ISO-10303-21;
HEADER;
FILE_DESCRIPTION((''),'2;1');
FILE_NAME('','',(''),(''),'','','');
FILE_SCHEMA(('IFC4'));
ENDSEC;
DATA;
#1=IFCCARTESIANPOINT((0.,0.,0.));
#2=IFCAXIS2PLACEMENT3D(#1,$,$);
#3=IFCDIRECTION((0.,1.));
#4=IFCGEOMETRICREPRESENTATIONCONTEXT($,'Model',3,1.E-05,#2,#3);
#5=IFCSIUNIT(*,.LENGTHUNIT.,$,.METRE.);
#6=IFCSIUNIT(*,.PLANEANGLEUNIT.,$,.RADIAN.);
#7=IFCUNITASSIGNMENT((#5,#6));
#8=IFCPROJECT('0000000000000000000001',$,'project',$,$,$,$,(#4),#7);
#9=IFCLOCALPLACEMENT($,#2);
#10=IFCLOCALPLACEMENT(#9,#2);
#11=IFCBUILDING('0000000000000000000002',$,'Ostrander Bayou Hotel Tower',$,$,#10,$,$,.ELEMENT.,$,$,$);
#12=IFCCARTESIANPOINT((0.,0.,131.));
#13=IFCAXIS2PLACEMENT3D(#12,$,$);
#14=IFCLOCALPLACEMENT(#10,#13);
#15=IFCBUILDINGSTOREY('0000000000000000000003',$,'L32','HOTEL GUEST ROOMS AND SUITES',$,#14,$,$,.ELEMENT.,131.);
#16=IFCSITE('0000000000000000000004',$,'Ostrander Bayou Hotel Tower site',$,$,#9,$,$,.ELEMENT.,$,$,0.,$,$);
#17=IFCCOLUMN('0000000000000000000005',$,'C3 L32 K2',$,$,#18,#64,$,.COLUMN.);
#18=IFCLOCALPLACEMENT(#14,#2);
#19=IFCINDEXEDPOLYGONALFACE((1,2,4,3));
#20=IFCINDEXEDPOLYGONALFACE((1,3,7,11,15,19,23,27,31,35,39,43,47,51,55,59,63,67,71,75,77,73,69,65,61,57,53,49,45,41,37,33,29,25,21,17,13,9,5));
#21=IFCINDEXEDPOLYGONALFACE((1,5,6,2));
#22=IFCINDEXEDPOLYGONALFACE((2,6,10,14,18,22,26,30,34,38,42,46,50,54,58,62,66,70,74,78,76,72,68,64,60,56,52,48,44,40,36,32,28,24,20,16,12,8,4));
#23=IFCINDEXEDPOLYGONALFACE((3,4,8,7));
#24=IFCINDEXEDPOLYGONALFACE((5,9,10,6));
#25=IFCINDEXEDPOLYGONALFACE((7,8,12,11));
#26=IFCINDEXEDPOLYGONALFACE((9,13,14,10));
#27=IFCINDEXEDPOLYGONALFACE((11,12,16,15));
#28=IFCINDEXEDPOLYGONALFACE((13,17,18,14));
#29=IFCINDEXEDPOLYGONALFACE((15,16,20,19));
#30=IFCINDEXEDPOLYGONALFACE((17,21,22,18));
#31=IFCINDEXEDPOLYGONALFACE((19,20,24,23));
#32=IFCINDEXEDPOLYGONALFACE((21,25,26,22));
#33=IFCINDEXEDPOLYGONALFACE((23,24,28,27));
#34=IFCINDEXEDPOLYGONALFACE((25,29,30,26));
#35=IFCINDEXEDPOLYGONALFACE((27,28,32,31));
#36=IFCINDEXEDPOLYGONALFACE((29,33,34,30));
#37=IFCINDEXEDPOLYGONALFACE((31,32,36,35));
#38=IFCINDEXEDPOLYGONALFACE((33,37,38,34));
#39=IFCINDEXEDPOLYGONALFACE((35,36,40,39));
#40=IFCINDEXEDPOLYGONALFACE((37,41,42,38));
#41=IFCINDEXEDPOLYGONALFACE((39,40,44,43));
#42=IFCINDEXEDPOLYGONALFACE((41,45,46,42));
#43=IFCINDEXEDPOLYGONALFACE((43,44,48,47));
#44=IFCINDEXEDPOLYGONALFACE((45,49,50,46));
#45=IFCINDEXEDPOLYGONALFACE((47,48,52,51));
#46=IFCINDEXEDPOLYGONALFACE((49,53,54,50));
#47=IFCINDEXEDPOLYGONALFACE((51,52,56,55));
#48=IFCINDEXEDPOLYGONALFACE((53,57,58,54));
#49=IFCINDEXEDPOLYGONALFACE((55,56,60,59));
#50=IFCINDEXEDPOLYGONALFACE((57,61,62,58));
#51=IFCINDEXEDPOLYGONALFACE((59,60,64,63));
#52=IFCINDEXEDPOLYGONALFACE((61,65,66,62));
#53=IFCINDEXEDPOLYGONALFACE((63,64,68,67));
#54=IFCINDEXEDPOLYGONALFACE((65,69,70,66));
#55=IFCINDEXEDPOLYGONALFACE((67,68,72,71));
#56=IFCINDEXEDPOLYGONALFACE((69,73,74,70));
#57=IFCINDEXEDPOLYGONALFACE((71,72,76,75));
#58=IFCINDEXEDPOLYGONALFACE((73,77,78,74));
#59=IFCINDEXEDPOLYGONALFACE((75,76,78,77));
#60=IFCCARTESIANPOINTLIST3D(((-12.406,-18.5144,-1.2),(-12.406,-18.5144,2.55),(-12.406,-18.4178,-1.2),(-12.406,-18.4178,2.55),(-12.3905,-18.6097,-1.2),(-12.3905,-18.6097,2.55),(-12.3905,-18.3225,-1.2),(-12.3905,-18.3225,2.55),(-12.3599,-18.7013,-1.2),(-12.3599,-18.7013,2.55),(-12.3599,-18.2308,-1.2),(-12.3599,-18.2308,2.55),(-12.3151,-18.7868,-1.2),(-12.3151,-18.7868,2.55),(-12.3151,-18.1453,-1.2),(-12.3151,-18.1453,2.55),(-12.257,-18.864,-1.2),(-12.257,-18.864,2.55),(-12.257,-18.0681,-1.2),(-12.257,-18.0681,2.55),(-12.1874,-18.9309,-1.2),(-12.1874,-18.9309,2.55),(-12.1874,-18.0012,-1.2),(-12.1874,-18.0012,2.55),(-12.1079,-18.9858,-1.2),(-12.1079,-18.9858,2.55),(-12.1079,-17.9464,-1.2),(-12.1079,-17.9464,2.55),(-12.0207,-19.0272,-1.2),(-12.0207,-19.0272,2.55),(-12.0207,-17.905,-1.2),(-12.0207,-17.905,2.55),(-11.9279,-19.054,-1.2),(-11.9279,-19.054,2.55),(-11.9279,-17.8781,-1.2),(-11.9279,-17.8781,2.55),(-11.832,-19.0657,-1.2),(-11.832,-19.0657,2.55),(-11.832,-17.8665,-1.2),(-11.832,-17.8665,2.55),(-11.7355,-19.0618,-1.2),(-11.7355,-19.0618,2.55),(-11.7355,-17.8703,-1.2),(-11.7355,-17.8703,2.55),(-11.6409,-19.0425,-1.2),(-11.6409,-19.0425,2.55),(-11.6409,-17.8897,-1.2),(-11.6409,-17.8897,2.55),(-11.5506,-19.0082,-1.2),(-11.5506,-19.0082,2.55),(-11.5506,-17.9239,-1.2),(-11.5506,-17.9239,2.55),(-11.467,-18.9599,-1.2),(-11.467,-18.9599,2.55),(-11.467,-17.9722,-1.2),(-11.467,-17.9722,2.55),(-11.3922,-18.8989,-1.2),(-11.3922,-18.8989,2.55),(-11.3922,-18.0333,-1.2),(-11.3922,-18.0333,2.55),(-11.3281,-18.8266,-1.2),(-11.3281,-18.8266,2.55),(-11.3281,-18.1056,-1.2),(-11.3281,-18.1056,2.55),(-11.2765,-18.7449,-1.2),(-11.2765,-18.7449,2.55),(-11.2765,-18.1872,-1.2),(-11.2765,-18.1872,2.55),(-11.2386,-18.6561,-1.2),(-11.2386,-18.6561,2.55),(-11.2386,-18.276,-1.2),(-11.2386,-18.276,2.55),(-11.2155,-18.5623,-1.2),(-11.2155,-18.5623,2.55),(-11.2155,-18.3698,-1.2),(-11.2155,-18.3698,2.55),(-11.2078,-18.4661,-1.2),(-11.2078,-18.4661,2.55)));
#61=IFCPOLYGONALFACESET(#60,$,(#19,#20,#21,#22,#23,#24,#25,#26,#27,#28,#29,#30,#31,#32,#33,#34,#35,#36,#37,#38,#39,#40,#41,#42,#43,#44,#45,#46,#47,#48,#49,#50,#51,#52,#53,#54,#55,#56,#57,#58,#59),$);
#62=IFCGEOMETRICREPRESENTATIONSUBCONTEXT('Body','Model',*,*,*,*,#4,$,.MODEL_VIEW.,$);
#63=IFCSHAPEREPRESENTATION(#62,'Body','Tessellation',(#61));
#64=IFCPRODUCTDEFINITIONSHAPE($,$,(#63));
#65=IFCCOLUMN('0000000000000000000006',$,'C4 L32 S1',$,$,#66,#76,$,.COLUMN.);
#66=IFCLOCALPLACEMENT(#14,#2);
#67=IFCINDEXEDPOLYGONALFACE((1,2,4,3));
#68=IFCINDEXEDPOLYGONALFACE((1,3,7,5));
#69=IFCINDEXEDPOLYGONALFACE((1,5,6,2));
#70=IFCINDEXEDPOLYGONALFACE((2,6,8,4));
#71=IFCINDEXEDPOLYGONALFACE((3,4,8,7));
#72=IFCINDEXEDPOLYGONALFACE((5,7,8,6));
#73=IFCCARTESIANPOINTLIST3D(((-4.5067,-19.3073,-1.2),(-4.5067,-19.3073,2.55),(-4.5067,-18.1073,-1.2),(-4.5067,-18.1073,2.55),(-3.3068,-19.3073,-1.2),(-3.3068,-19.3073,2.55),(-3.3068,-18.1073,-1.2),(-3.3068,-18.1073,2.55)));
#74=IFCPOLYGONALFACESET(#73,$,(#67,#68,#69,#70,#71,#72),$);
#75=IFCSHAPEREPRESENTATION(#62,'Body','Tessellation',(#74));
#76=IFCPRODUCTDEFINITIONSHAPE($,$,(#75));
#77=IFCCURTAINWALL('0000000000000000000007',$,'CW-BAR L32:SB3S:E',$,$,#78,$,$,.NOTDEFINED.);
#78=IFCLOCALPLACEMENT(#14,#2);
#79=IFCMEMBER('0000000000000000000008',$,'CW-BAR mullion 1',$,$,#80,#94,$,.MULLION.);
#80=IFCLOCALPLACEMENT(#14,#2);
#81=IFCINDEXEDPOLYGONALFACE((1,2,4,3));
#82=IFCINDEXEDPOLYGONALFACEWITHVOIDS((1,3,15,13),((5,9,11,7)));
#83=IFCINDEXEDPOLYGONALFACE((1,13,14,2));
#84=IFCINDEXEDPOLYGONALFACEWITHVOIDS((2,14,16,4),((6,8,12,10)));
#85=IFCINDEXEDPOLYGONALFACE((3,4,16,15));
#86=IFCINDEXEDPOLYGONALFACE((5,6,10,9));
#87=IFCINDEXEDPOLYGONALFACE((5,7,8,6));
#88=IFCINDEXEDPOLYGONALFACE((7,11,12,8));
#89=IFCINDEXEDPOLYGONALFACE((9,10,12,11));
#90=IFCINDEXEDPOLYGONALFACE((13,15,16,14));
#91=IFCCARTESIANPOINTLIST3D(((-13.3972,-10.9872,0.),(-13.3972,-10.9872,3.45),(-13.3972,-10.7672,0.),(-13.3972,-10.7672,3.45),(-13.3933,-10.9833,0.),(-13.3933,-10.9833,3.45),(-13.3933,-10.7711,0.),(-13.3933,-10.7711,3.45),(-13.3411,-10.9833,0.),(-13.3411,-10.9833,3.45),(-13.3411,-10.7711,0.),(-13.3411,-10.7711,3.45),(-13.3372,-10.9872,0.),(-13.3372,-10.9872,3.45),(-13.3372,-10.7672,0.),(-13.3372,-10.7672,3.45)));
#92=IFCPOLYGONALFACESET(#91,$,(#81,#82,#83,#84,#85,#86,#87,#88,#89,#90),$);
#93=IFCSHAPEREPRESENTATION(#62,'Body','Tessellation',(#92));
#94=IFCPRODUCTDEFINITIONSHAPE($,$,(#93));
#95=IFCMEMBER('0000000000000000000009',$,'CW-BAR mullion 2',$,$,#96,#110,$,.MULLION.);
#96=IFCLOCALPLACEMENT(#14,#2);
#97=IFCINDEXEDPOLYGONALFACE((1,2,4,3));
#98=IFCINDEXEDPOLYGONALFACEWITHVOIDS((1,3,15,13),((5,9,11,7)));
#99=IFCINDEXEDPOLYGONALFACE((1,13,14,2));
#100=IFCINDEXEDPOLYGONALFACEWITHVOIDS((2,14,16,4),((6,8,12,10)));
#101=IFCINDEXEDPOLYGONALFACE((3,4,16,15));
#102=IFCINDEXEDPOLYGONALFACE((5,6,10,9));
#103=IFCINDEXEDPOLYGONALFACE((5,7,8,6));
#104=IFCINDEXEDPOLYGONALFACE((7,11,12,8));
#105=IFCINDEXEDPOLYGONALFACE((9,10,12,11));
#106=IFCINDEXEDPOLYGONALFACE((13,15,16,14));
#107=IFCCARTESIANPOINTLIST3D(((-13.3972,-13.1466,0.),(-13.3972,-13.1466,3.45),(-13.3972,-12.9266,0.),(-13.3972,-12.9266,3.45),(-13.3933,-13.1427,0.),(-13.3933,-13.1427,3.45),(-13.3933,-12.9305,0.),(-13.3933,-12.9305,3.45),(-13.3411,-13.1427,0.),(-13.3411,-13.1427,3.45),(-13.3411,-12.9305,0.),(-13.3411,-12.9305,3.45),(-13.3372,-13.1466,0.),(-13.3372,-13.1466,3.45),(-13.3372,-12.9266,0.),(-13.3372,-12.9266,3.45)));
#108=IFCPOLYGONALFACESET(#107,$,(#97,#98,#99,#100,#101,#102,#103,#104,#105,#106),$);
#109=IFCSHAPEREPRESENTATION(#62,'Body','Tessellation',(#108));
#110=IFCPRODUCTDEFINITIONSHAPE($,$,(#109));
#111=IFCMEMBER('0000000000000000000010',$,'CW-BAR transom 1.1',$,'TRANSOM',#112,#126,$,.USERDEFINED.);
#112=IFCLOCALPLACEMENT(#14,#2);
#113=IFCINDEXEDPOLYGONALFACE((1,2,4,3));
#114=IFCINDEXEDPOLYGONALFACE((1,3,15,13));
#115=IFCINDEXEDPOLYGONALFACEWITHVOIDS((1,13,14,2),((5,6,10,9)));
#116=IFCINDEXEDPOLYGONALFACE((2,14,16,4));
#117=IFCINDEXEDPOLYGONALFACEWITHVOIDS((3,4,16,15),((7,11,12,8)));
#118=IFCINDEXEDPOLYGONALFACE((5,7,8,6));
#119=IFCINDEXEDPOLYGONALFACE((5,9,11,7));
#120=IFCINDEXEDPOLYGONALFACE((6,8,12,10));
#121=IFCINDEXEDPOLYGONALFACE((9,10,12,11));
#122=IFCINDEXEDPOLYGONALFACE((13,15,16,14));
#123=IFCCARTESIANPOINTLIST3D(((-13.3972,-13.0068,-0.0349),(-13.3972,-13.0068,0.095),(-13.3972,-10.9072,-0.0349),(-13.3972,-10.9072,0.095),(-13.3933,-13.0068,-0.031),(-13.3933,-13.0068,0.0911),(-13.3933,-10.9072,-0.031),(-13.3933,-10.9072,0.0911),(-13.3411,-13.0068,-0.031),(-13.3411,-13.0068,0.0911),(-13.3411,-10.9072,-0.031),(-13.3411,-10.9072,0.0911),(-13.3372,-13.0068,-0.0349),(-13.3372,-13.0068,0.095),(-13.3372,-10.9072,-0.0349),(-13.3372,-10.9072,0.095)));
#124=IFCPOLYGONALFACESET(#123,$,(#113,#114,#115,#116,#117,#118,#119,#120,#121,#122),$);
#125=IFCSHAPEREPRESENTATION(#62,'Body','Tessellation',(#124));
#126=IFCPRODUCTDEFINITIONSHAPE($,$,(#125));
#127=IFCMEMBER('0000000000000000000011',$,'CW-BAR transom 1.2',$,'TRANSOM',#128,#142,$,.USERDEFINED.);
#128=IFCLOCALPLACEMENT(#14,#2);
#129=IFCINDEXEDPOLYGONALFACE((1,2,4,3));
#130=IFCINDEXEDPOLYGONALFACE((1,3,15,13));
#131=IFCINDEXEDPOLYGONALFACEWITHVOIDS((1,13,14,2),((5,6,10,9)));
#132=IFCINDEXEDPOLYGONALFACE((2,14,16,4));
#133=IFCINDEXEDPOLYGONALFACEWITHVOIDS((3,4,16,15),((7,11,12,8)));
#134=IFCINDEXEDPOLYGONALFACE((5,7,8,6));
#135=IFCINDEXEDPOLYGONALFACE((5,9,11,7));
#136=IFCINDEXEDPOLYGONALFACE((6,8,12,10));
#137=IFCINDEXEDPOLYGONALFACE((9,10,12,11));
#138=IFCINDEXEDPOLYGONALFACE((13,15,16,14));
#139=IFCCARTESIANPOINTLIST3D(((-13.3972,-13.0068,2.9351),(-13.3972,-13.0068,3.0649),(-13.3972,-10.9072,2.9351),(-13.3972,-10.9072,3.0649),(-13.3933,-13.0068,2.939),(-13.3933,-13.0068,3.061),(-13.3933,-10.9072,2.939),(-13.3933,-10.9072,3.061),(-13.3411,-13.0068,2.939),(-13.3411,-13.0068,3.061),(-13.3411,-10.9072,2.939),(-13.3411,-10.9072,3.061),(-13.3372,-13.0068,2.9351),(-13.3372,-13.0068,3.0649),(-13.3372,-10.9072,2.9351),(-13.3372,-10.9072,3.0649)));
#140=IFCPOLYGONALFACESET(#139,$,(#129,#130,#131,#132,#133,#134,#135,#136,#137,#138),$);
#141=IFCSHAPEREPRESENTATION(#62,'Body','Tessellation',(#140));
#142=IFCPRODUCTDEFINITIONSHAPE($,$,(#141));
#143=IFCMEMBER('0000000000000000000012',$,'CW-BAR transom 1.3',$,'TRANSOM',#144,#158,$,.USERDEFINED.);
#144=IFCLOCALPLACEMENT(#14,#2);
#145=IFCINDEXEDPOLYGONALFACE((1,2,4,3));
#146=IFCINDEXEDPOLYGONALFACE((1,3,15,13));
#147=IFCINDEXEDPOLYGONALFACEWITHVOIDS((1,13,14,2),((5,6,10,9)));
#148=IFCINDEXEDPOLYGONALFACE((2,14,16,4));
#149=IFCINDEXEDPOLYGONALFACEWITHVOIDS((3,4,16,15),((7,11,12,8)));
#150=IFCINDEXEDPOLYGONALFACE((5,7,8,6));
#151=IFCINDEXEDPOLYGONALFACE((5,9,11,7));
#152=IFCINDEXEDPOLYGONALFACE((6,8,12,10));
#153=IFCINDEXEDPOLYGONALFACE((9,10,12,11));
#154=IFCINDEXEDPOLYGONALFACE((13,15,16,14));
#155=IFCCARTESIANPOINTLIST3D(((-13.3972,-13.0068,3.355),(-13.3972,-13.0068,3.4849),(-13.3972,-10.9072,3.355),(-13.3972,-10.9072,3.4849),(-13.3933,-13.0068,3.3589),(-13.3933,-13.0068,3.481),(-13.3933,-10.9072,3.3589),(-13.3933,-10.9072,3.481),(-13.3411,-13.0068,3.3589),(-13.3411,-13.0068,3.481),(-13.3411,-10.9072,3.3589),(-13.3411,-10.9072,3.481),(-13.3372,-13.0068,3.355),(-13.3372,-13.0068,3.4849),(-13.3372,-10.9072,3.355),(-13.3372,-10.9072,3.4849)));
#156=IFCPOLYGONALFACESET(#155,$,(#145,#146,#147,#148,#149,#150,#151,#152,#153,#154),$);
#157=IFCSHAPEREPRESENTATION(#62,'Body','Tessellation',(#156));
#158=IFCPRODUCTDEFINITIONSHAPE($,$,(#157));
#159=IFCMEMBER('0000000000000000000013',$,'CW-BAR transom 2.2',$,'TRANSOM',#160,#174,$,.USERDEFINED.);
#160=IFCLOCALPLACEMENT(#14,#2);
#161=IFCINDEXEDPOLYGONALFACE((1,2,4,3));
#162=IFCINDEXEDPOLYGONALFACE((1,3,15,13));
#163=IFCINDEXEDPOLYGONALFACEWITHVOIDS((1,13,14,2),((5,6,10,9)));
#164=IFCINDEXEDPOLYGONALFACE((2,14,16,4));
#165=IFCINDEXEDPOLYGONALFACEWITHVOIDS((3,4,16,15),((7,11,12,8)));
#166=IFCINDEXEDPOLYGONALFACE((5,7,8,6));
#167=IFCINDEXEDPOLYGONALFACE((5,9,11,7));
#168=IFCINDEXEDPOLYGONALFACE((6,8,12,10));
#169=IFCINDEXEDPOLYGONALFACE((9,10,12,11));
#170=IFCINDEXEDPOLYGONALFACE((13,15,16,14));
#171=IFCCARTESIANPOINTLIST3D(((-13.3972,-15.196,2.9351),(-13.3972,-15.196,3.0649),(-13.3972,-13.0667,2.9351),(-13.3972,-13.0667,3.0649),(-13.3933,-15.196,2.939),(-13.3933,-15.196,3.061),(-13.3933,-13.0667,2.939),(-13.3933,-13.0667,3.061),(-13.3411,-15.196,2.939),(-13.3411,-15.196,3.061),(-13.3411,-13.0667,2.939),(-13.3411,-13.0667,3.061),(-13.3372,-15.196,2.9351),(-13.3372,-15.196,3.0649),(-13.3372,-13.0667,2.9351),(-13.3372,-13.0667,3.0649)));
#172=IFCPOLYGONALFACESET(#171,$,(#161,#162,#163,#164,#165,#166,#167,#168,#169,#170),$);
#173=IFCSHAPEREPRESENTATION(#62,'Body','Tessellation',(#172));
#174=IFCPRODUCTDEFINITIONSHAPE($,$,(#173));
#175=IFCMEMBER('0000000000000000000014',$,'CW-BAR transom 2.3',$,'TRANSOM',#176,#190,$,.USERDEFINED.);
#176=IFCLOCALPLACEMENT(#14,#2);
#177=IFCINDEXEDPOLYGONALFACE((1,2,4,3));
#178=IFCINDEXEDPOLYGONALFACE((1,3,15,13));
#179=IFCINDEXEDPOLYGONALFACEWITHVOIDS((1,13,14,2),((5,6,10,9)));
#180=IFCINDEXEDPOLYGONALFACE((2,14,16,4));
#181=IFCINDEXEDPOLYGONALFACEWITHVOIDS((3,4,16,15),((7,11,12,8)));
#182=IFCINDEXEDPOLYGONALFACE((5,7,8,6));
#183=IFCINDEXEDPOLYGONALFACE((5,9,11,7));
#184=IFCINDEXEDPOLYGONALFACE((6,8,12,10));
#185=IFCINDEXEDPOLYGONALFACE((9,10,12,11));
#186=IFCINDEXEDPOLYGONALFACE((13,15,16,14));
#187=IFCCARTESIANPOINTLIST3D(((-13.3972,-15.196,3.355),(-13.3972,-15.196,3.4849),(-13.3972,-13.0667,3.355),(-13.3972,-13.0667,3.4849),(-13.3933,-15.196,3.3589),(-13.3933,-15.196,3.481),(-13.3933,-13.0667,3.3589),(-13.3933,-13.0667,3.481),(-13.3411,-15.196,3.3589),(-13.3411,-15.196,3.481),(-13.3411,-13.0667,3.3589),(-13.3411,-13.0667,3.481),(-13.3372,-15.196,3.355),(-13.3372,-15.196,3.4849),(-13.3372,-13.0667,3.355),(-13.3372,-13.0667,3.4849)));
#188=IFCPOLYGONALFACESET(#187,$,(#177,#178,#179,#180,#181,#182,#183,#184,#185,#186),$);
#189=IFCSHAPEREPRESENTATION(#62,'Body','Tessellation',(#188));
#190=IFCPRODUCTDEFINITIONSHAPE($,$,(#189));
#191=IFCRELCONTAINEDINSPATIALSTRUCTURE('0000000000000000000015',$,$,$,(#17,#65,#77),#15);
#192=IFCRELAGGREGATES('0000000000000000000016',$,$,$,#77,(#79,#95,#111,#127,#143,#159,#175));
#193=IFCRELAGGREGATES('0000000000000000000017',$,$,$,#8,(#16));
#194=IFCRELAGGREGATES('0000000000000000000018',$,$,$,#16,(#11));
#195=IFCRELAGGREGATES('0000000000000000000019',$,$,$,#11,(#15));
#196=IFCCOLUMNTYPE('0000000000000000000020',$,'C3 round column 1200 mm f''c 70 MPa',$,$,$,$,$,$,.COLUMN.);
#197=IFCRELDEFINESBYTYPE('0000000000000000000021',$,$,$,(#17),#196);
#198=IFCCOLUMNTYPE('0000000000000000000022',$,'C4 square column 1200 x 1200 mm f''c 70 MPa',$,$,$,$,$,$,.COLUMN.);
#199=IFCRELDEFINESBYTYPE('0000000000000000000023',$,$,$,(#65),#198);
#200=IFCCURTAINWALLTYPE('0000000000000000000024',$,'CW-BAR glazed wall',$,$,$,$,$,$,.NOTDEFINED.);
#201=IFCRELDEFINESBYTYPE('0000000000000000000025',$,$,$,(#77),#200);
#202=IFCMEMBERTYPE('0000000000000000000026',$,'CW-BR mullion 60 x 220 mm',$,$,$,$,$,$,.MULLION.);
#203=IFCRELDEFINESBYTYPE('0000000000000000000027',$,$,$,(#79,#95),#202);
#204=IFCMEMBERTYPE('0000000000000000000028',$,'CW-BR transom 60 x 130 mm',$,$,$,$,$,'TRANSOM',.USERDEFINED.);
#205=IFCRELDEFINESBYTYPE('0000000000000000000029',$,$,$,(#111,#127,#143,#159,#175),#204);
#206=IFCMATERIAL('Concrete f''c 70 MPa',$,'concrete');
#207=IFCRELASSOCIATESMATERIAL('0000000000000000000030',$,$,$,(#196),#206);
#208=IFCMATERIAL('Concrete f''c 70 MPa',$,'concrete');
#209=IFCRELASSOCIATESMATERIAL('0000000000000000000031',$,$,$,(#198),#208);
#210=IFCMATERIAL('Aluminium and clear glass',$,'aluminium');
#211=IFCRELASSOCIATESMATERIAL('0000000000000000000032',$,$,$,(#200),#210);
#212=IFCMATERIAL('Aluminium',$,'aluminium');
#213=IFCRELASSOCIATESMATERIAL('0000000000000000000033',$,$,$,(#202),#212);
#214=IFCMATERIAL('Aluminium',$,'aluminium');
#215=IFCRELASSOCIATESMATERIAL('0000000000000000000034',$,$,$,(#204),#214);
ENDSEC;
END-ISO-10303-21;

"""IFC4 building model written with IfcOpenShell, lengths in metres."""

from ifc_helpers import new_model, si_unit, direction, frame, origin, origin_2d, place, context, subcontext, project, spatial, rectangle, hollow_rectangle, circle, extrude, material, material_profile, profile_set, type_object, element, aggregate, save


model = new_model("IFC4")

# Units and contexts
model_context = context("Model", 3, precision=1e-05, world=origin(), true_north=direction((0.0, 1.0)))
body_context = subcontext(model_context, "Body", "Model", "MODEL_VIEW")
ifc_project = project(units=[si_unit("LENGTHUNIT", "METRE"), si_unit("PLANEANGLEUNIT", "RADIAN")], contexts=[model_context])

# Site, building, storey
site_placement = place(None, origin())
site = spatial("IfcSite", under=ifc_project, at=site_placement, Name="Ostrander Bayou Hotel Tower site", CompositionType="ELEMENT", RefElevation=0.0)
building_placement = place(site_placement, origin())
building = spatial("IfcBuilding", under=site, at=building_placement, Name="Ostrander Bayou Hotel Tower", CompositionType="ELEMENT")
storey_placement = place(building_placement, frame((0.0, 0.0, 131.0)))
storey = spatial("IfcBuildingStorey", under=building, at=storey_placement, Name="L32", Description="HOTEL GUEST ROOMS AND SUITES", CompositionType="ELEMENT", Elevation=131.0)

# Columns
ifc_material_1 = material(Name="Concrete f'c 70 MPa", Category="concrete")
ifc_material_profile_1 = material_profile(ifc_material_1, circle(Radius=0.6001, at=origin_2d()))
ifc_profile_set_1 = profile_set([ifc_material_profile_1], Name="Concrete f'c 70 MPa")
column_type_1 = type_object("IfcColumnType", Name="C3 round column 1200 mm f'c 70 MPa", PredefinedType="COLUMN", material=ifc_profile_set_1)
column_1_placement = place(storey_placement, frame((-11.8079, -18.4661, -1.2), z_axis=(0.0, 0.0, 1.0), x_axis=(1.0, 0.0, 0.0)))
element("IfcColumn", 1, at=column_1_placement, inside=storey, type_object=column_type_1, Name="C3 L32 K2", PredefinedType="COLUMN", context=body_context, shape_type="SweptSolid", body=[
    extrude(circle(Radius=0.6001, at=origin_2d()), origin(), (0.0, 0.0, 1.0), 3.75),
])
ifc_material_2 = material(Name="Concrete f'c 70 MPa", Category="concrete")
ifc_material_profile_2 = material_profile(ifc_material_2, rectangle(XDim=1.2, YDim=1.2, at=origin_2d()))
ifc_profile_set_2 = profile_set([ifc_material_profile_2], Name="Concrete f'c 70 MPa")
column_type_2 = type_object("IfcColumnType", Name="C4 square column 1200 x 1200 mm f'c 70 MPa", PredefinedType="COLUMN", material=ifc_profile_set_2)
column_2_placement = place(storey_placement, frame((-3.9067, -18.7073, -1.2), z_axis=(0.0, 0.0, 1.0), x_axis=(-1.0, 0.0, 0.0)))
element("IfcColumn", 2, at=column_2_placement, inside=storey, type_object=column_type_2, Name="C4 L32 S1", PredefinedType="COLUMN", context=body_context, shape_type="SweptSolid", body=[
    extrude(rectangle(XDim=1.2, YDim=1.2, at=origin_2d()), origin(), (0.0, 0.0, 1.0), 3.75),
])

# Curtain wall, members
ifc_material_3 = material(Name="Aluminium and clear glass", Category="aluminium")
curtain_wall_type = type_object("IfcCurtainWallType", Name="CW-BAR glazed wall", PredefinedType="NOTDEFINED", material=ifc_material_3)
curtain_wall_placement = place(storey_placement, origin())
curtain_wall = element("IfcCurtainWall", 3, at=curtain_wall_placement, inside=storey, type_object=curtain_wall_type, Name="CW-BAR L32:SB3S:E", PredefinedType="NOTDEFINED")
ifc_material_4 = material(Name="Aluminium", Category="aluminium")
ifc_material_profile_3 = material_profile(ifc_material_4, hollow_rectangle(XDim=0.0601, YDim=0.22, WallThickness=0.0039, at=origin_2d()))
ifc_profile_set_3 = profile_set([ifc_material_profile_3], Name="Aluminium")
member_type_1 = type_object("IfcMemberType", Name="CW-BR mullion 60 x 220 mm", PredefinedType="MULLION", material=ifc_profile_set_3)
member_1_placement = place(storey_placement, frame((-13.3672, -10.8772, 0.0), z_axis=(0.0, 0.0, 1.0), x_axis=(1.0, 0.0, 0.0)))
member_1 = element("IfcMember", 4, at=member_1_placement, type_object=member_type_1, Name="CW-BAR mullion 1", PredefinedType="MULLION", context=body_context, shape_type="SweptSolid", body=[
    extrude(hollow_rectangle(XDim=0.0601, YDim=0.22, WallThickness=0.0039, at=origin_2d()), origin(), (0.0, 0.0, 1.0), 3.45),
])
member_2_placement = place(storey_placement, frame((-13.3672, -13.0366, 0.0), z_axis=(0.0, 0.0, 1.0), x_axis=(1.0, 0.0, 0.0)))
member_2 = element("IfcMember", 5, at=member_2_placement, type_object=member_type_1, Name="CW-BAR mullion 2", PredefinedType="MULLION", context=body_context, shape_type="SweptSolid", body=[
    extrude(hollow_rectangle(XDim=0.0601, YDim=0.22, WallThickness=0.0039, at=origin_2d()), origin(), (0.0, 0.0, 1.0), 3.45),
])
ifc_material_5 = material(Name="Aluminium", Category="aluminium")
ifc_material_profile_4 = material_profile(ifc_material_5, hollow_rectangle(XDim=0.0601, YDim=0.1299, WallThickness=0.0039, at=origin_2d()))
ifc_profile_set_4 = profile_set([ifc_material_profile_4], Name="Aluminium")
member_type_2 = type_object("IfcMemberType", Name="CW-BR transom 60 x 130 mm", ElementType="TRANSOM", PredefinedType="USERDEFINED", material=ifc_profile_set_4)
member_3_placement = place(storey_placement, frame((-13.3672, -10.9072, 0.03), z_axis=(0.0, -1.0, 0.0), x_axis=(1.0, 0.0, 0.0)))
member_3 = element("IfcMember", 6, at=member_3_placement, type_object=member_type_2, Name="CW-BAR transom 1.1", ObjectType="TRANSOM", PredefinedType="USERDEFINED", context=body_context, shape_type="SweptSolid", body=[
    extrude(hollow_rectangle(XDim=0.0601, YDim=0.1299, WallThickness=0.0039, at=origin_2d()), origin(), (0.0, 0.0, 1.0), 2.0996),
])
member_4_placement = place(storey_placement, frame((-13.3672, -10.9072, 3.0), z_axis=(0.0, -1.0, 0.0), x_axis=(1.0, 0.0, 0.0)))
member_4 = element("IfcMember", 7, at=member_4_placement, type_object=member_type_2, Name="CW-BAR transom 1.2", ObjectType="TRANSOM", PredefinedType="USERDEFINED", context=body_context, shape_type="SweptSolid", body=[
    extrude(hollow_rectangle(XDim=0.0601, YDim=0.1299, WallThickness=0.0039, at=origin_2d()), origin(), (0.0, 0.0, 1.0), 2.0996),
])
member_5_placement = place(storey_placement, frame((-13.3672, -10.9072, 3.4199), z_axis=(0.0, -1.0, 0.0), x_axis=(1.0, 0.0, 0.0)))
member_5 = element("IfcMember", 8, at=member_5_placement, type_object=member_type_2, Name="CW-BAR transom 1.3", ObjectType="TRANSOM", PredefinedType="USERDEFINED", context=body_context, shape_type="SweptSolid", body=[
    extrude(hollow_rectangle(XDim=0.0601, YDim=0.1299, WallThickness=0.0039, at=origin_2d()), origin(), (0.0, 0.0, 1.0), 2.0996),
])
member_6_placement = place(storey_placement, frame((-13.3672, -13.0667, 3.0), z_axis=(0.0, -1.0, 0.0), x_axis=(1.0, 0.0, 0.0)))
member_6 = element("IfcMember", 9, at=member_6_placement, type_object=member_type_2, Name="CW-BAR transom 2.2", ObjectType="TRANSOM", PredefinedType="USERDEFINED", context=body_context, shape_type="SweptSolid", body=[
    extrude(hollow_rectangle(XDim=0.0601, YDim=0.1299, WallThickness=0.0039, at=origin_2d()), origin(), (0.0, 0.0, 1.0), 2.1294),
])
member_7_placement = place(storey_placement, frame((-13.3672, -13.0667, 3.4199), z_axis=(0.0, -1.0, 0.0), x_axis=(1.0, 0.0, 0.0)))
member_7 = element("IfcMember", 10, at=member_7_placement, type_object=member_type_2, Name="CW-BAR transom 2.3", ObjectType="TRANSOM", PredefinedType="USERDEFINED", context=body_context, shape_type="SweptSolid", body=[
    extrude(hollow_rectangle(XDim=0.0601, YDim=0.1299, WallThickness=0.0039, at=origin_2d()), origin(), (0.0, 0.0, 1.0), 2.1294),
])
aggregate(curtain_wall, [member_1, member_2, member_3, member_4, member_5, member_6, member_7])

save(model, "model.ifc")
